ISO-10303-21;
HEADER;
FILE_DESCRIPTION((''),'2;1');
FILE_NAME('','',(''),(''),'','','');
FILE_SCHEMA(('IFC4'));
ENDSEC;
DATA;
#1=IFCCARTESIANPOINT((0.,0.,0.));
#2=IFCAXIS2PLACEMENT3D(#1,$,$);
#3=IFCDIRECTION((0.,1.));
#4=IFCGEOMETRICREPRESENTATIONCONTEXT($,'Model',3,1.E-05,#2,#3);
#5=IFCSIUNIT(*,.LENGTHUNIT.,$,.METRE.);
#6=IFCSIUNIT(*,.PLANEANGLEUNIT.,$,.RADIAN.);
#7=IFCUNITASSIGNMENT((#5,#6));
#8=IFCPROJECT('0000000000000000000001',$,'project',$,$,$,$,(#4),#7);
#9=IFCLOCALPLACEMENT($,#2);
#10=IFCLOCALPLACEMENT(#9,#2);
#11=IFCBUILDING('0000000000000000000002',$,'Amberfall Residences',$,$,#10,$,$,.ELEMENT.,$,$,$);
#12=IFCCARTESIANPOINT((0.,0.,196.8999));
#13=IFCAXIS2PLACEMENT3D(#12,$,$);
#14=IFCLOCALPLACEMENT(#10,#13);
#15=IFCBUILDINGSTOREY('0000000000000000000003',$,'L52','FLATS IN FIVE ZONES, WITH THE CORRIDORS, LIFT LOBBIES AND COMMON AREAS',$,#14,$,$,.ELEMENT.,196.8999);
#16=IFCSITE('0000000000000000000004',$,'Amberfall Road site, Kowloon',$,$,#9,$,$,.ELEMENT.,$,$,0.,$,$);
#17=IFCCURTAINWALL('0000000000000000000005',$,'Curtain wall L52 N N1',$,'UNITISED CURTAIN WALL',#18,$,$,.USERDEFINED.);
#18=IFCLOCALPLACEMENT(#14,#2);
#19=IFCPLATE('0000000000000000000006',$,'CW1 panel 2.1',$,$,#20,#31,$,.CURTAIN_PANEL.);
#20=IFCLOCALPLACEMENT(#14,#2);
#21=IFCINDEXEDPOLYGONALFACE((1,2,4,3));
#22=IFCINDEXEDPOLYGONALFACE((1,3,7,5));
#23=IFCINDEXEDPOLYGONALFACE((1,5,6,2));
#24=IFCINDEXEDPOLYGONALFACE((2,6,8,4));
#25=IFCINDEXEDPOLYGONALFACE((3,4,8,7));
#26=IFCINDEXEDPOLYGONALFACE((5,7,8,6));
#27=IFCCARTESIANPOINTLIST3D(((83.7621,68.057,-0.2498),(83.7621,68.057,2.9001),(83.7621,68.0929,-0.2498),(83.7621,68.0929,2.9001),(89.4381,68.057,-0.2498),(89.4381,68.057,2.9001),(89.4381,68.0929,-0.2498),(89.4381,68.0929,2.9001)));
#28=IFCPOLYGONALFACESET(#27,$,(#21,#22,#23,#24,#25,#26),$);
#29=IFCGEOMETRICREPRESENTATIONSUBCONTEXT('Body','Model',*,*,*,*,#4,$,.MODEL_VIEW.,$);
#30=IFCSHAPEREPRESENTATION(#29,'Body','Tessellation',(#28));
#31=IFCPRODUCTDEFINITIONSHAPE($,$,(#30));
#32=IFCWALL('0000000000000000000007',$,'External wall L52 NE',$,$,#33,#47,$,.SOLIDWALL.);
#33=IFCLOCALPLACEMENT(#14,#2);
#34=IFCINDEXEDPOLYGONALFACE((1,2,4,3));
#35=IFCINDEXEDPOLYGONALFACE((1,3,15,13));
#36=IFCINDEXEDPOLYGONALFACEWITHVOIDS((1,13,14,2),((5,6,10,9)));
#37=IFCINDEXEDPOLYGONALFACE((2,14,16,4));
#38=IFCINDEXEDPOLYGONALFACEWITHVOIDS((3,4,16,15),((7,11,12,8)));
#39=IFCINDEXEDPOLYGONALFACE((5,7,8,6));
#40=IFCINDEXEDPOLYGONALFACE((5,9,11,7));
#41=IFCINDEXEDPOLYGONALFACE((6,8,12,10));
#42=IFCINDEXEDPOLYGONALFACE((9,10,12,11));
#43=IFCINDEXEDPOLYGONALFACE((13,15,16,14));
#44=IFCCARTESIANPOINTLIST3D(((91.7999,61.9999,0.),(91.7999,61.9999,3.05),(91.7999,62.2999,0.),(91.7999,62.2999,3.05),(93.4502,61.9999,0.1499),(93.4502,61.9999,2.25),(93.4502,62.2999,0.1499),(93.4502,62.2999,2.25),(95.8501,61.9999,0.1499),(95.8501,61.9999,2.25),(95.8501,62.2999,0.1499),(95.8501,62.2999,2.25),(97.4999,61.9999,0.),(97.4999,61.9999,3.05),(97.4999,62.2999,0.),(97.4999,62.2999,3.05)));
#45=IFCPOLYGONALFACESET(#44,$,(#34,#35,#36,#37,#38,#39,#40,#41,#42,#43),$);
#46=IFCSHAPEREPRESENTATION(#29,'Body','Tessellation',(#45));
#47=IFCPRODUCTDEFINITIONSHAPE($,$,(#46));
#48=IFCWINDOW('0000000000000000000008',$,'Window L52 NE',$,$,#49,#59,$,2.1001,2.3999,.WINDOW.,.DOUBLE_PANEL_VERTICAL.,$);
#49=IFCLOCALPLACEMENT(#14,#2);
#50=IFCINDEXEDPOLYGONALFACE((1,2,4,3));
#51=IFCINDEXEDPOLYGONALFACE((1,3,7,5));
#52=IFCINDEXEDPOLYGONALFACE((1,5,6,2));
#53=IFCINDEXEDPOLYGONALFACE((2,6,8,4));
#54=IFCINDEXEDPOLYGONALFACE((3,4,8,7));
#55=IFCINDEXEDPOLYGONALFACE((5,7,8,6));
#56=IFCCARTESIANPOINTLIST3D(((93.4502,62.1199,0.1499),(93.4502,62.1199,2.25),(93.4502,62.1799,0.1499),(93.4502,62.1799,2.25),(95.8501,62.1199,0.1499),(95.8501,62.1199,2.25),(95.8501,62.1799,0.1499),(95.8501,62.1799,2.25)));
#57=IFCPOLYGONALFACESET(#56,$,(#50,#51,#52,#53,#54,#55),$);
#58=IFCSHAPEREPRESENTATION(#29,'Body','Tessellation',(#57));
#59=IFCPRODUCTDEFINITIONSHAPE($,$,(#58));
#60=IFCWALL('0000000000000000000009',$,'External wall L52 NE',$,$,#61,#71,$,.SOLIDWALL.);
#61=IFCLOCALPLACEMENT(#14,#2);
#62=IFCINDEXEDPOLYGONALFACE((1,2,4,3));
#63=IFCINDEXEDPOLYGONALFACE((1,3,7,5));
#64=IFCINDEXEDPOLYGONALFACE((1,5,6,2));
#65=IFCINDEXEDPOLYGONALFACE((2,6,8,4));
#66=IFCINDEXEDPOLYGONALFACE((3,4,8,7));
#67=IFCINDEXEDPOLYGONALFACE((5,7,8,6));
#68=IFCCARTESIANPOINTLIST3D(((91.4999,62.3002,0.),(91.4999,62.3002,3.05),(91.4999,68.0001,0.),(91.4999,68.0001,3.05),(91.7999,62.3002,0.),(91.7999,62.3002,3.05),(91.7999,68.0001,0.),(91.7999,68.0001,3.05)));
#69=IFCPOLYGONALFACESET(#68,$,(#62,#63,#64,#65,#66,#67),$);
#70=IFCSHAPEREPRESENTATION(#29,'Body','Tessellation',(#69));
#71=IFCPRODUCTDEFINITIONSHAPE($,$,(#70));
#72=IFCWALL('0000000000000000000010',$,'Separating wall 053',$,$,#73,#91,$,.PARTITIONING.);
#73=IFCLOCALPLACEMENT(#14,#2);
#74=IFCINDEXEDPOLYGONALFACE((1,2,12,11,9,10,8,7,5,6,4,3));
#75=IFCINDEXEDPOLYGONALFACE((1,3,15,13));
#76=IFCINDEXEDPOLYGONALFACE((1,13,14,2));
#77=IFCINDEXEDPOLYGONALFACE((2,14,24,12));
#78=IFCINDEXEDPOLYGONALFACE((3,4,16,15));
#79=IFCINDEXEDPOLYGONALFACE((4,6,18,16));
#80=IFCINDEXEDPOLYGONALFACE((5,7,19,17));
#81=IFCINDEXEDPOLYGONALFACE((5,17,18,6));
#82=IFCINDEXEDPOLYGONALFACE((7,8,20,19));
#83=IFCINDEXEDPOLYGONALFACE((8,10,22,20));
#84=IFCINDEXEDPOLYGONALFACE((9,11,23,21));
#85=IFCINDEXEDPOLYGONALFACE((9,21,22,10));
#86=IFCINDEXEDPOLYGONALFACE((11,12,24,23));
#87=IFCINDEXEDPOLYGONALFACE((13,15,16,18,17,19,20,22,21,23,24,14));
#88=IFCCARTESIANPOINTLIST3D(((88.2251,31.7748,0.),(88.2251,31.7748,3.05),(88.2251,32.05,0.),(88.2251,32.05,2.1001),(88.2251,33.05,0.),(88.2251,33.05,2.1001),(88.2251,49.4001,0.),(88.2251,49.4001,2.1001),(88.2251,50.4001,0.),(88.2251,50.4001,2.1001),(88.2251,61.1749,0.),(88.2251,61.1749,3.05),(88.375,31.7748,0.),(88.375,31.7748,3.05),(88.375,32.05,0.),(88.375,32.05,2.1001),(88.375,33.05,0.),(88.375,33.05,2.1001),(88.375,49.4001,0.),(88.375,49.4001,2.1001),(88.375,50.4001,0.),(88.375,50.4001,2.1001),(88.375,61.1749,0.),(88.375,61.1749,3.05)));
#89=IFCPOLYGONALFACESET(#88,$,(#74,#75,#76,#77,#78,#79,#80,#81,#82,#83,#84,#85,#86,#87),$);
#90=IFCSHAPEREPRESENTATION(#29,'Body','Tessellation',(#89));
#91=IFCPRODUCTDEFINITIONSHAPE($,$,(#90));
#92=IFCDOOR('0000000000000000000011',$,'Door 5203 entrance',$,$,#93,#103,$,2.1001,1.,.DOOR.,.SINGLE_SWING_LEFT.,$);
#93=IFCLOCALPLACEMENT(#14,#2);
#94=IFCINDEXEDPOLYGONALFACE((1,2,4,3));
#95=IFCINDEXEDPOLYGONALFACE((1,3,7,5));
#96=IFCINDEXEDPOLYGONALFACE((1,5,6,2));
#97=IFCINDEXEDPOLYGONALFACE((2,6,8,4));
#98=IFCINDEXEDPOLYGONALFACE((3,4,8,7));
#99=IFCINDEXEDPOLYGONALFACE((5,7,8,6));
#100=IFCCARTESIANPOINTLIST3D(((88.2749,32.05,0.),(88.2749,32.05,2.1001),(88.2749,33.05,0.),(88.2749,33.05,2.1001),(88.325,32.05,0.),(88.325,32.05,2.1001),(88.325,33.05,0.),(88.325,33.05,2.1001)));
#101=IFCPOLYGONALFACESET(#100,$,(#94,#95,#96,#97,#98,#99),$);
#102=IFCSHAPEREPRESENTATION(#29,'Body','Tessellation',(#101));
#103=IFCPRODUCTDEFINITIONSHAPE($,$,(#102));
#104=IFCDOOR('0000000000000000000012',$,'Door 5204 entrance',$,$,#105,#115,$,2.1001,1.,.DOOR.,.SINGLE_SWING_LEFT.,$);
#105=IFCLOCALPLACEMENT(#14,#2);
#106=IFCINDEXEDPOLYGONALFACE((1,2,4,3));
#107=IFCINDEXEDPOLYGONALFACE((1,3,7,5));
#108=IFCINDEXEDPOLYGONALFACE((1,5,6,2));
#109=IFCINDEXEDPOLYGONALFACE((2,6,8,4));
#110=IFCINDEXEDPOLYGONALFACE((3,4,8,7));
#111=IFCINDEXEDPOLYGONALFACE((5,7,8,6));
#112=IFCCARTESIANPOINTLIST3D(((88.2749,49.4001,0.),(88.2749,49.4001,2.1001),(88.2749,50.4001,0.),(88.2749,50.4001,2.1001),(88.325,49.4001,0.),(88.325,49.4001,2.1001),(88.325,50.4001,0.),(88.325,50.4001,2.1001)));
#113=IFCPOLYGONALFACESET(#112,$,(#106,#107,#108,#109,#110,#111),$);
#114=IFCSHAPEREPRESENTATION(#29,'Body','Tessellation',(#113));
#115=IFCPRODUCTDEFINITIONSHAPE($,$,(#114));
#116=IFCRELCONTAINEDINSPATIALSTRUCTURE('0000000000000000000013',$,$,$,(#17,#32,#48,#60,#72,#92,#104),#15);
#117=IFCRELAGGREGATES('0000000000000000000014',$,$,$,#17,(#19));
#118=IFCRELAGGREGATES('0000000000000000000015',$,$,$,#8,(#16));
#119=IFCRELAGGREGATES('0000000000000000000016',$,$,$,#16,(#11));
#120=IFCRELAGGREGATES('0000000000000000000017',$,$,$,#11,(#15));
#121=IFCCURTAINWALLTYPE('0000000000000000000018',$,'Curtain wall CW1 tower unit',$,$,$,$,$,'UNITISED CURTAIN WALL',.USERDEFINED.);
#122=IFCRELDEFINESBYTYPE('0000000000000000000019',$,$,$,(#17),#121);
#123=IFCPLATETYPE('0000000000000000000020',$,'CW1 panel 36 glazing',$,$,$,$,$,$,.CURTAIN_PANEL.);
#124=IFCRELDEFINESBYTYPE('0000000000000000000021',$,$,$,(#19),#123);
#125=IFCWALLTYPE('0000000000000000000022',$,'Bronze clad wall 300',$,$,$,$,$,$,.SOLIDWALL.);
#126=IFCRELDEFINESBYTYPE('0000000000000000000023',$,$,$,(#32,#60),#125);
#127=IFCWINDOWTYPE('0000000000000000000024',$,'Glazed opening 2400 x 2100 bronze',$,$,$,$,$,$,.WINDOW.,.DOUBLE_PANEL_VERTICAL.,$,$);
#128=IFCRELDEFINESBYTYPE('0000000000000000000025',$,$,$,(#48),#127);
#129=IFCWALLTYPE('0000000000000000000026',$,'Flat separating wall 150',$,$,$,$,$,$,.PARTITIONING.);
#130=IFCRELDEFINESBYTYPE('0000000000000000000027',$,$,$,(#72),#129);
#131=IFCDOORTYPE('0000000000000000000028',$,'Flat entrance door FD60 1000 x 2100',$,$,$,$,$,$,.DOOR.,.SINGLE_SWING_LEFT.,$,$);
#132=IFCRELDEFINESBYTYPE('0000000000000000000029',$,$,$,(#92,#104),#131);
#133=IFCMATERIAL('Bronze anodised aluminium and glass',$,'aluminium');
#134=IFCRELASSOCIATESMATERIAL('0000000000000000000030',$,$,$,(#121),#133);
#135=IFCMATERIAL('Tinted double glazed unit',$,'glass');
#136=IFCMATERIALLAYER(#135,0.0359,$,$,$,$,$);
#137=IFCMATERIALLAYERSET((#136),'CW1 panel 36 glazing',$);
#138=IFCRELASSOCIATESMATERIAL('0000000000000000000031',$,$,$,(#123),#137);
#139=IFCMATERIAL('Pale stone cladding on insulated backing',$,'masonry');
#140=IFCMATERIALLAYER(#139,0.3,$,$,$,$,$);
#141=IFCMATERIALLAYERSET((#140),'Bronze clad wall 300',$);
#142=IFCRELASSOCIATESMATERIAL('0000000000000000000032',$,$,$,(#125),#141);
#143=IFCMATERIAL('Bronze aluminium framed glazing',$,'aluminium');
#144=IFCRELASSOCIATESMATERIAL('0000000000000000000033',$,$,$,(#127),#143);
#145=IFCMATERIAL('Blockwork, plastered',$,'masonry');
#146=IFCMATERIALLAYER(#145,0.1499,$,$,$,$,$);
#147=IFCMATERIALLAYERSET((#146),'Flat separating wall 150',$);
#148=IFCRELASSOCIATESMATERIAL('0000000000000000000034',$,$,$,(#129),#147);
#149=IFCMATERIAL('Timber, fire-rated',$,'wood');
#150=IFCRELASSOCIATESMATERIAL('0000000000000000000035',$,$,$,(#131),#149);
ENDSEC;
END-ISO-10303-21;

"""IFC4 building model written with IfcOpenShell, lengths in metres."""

from ifc_helpers import new_model, si_unit, direction, frame, frame_2d, origin, origin_2d, place, context, subcontext, project, spatial, rectangle, extrude, material, layer, layer_set, type_object, element, fill, aggregate, save


model = new_model("IFC4")

# Units and contexts
model_context = context("Model", 3, precision=1e-05, world=origin(), true_north=direction((0.0, 1.0)))
body_context = subcontext(model_context, "Body", "Model", "MODEL_VIEW")
ifc_project = project(units=[si_unit("LENGTHUNIT", "METRE"), si_unit("PLANEANGLEUNIT", "RADIAN")], contexts=[model_context])

# Site, building, storey
site_placement = place(None, origin())
site = spatial("IfcSite", under=ifc_project, at=site_placement, Name="Amberfall Road site, Kowloon", CompositionType="ELEMENT", RefElevation=0.0)
building_placement = place(site_placement, origin())
building = spatial("IfcBuilding", under=site, at=building_placement, Name="Amberfall Residences", CompositionType="ELEMENT")
storey_placement = place(building_placement, frame((0.0, 0.0, 196.8999)))
storey = spatial("IfcBuildingStorey", under=building, at=storey_placement, Name="L52", Description="FLATS IN FIVE ZONES, WITH THE CORRIDORS, LIFT LOBBIES AND COMMON AREAS", CompositionType="ELEMENT", Elevation=196.8999)

# Shared definitions
ifc_material_1 = material(Name="Bronze anodised aluminium and glass", Category="aluminium")
curtain_wall_type = type_object("IfcCurtainWallType", Name="Curtain wall CW1 tower unit", ElementType="UNITISED CURTAIN WALL", PredefinedType="USERDEFINED", material=ifc_material_1)

# Curtain wall
curtain_wall_1_placement = place(storey_placement, origin())
curtain_wall_1 = element("IfcCurtainWall", 1, at=curtain_wall_1_placement, inside=storey, type_object=curtain_wall_type, Name="Curtain wall L52 N N1", ObjectType="UNITISED CURTAIN WALL", PredefinedType="USERDEFINED")

# Plate
ifc_material_2 = material(Name="Tinted double glazed unit", Category="glass")
ifc_layer_1 = layer(ifc_material_2, 0.0359)
ifc_layer_set_1 = layer_set([ifc_layer_1], Name="CW1 panel 36 glazing")
plate_type = type_object("IfcPlateType", Name="CW1 panel 36 glazing", PredefinedType="CURTAIN_PANEL", material=ifc_layer_set_1)
plate_1_placement = place(storey_placement, frame((86.6001, 68.075, -0.2498), z_axis=(0.0, 0.0, 1.0), x_axis=(-1.0, 0.0, 0.0)))
plate_1 = element("IfcPlate", 2, at=plate_1_placement, type_object=plate_type, Name="CW1 panel 2.1", PredefinedType="CURTAIN_PANEL", context=body_context, shape_type="SweptSolid", body=[
    extrude(rectangle(XDim=5.676, YDim=0.0359, at=origin_2d()), origin(), (0.0, 0.0, 1.0), 3.1499),
])
aggregate(curtain_wall_1, [plate_1])

# Wall, opening, window
ifc_material_3 = material(Name="Pale stone cladding on insulated backing", Category="masonry")
ifc_layer_2 = layer(ifc_material_3, 0.3)
ifc_layer_set_2 = layer_set([ifc_layer_2], Name="Bronze clad wall 300")
wall_type_1 = type_object("IfcWallType", Name="Bronze clad wall 300", PredefinedType="SOLIDWALL", material=ifc_layer_set_2)
wall_1_placement = place(storey_placement, frame((97.5, 62.1499, 0.0), z_axis=(0.0, 0.0, 1.0), x_axis=(-1.0, 0.0, 0.0)))
wall_1 = element("IfcWall", 3, at=wall_1_placement, inside=storey, type_object=wall_type_1, Name="External wall L52 NE", PredefinedType="SOLIDWALL", context=body_context, shape_type="SweptSolid", body=[
    extrude(rectangle(XDim=5.7, YDim=0.3, at=frame_2d((2.8501, 0.0))), origin(), (0.0, 0.0, 1.0), 3.05),
])
opening_1_placement = place(wall_1_placement, frame((1.6499, 0.0, 0.1499)))
opening_1 = element("IfcOpeningElement", 4, at=opening_1_placement, cuts=wall_1, PredefinedType="OPENING", context=body_context, shape_type="SweptSolid", body=[
    extrude(rectangle(XDim=2.3999, YDim=2.1001, at=frame_2d((1.2, 1.05))), frame((0.0, 0.1599, 0.0), z_axis=(0.0, -1.0, 0.0), x_axis=(1.0, 0.0, 0.0)), (0.0, 0.0, 1.0), 0.3201),
])
ifc_material_4 = material(Name="Bronze aluminium framed glazing", Category="aluminium")
window_type = type_object("IfcWindowType", Name="Glazed opening 2400 x 2100 bronze", PartitioningType="DOUBLE_PANEL_VERTICAL", PredefinedType="WINDOW", material=ifc_material_4)
window_placement = place(opening_1_placement, origin())
window = element("IfcWindow", 5, at=window_placement, inside=storey, type_object=window_type, Name="Window L52 NE", OverallHeight=2.1001, OverallWidth=2.3999, PartitioningType="DOUBLE_PANEL_VERTICAL", PredefinedType="WINDOW", context=body_context, shape_type="SweptSolid", body=[
    extrude(rectangle(XDim=2.3999, YDim=2.1001, at=frame_2d((1.2, 1.05))), frame((0.0, 0.03, 0.0), z_axis=(0.0, -1.0, 0.0), x_axis=(1.0, 0.0, 0.0)), (0.0, 0.0, 1.0), 0.0601),
])
fill(opening_1, window)

# Wall
wall_2_placement = place(storey_placement, frame((91.6499, 62.3, 0.0), z_axis=(0.0, 0.0, 1.0), x_axis=(0.0, 1.0, 0.0)))
element("IfcWall", 6, at=wall_2_placement, inside=storey, type_object=wall_type_1, Name="External wall L52 NE", PredefinedType="SOLIDWALL", context=body_context, shape_type="SweptSolid", body=[
    extrude(rectangle(XDim=5.7, YDim=0.3, at=frame_2d((2.8501, 0.0))), origin(), (0.0, 0.0, 1.0), 3.05),
])

# Wall, openings, doors
ifc_material_5 = material(Name="Blockwork, plastered", Category="masonry")
ifc_layer_3 = layer(ifc_material_5, 0.1499)
ifc_layer_set_3 = layer_set([ifc_layer_3], Name="Flat separating wall 150")
wall_type_2 = type_object("IfcWallType", Name="Flat separating wall 150", PredefinedType="PARTITIONING", material=ifc_layer_set_3)
wall_3_placement = place(storey_placement, frame((88.3, 61.175, 0.0), z_axis=(0.0, 0.0, 1.0), x_axis=(0.0, -1.0, 0.0)))
wall_3 = element("IfcWall", 7, at=wall_3_placement, inside=storey, type_object=wall_type_2, Name="Separating wall 053", PredefinedType="PARTITIONING", context=body_context, shape_type="SweptSolid", body=[
    extrude(rectangle(XDim=29.4001, YDim=0.1499, at=frame_2d((14.7002, 0.0))), origin(), (0.0, 0.0, 1.0), 3.05),
])
opening_2_placement = place(wall_3_placement, frame((28.125, 0.0, 0.0)))
opening_2 = element("IfcOpeningElement", 8, at=opening_2_placement, cuts=wall_3, PredefinedType="OPENING", context=body_context, shape_type="SweptSolid", body=[
    extrude(rectangle(XDim=1.0, YDim=2.1001, at=frame_2d((0.5, 1.05))), frame((0.0, 0.085, 0.0), z_axis=(0.0, -1.0, 0.0), x_axis=(1.0, 0.0, 0.0)), (0.0, 0.0, 1.0), 0.1699),
])
opening_3_placement = place(wall_3_placement, frame((10.7749, 0.0, 0.0)))
opening_3 = element("IfcOpeningElement", 9, at=opening_3_placement, cuts=wall_3, PredefinedType="OPENING", context=body_context, shape_type="SweptSolid", body=[
    extrude(rectangle(XDim=1.0, YDim=2.1001, at=frame_2d((0.5, 1.05))), frame((0.0, 0.085, 0.0), z_axis=(0.0, -1.0, 0.0), x_axis=(1.0, 0.0, 0.0)), (0.0, 0.0, 1.0), 0.1699),
])
ifc_material_6 = material(Name="Timber, fire-rated", Category="wood")
door_type = type_object("IfcDoorType", Name="Flat entrance door FD60 1000 x 2100", OperationType="SINGLE_SWING_LEFT", PredefinedType="DOOR", material=ifc_material_6)
door_1_placement = place(opening_2_placement, origin())
door_1 = element("IfcDoor", 10, at=door_1_placement, inside=storey, type_object=door_type, Name="Door 5203 entrance", OperationType="SINGLE_SWING_LEFT", OverallHeight=2.1001, OverallWidth=1.0, PredefinedType="DOOR", context=body_context, shape_type="SweptSolid", body=[
    extrude(rectangle(XDim=1.0, YDim=2.1001, at=frame_2d((0.5, 1.05))), frame((0.0, 0.0249, 0.0), z_axis=(0.0, -1.0, 0.0), x_axis=(1.0, 0.0, 0.0)), (0.0, 0.0, 1.0), 0.05),
])
fill(opening_2, door_1)
door_2_placement = place(opening_3_placement, origin())
door_2 = element("IfcDoor", 11, at=door_2_placement, inside=storey, type_object=door_type, Name="Door 5204 entrance", OperationType="SINGLE_SWING_LEFT", OverallHeight=2.1001, OverallWidth=1.0, PredefinedType="DOOR", context=body_context, shape_type="SweptSolid", body=[
    extrude(rectangle(XDim=1.0, YDim=2.1001, at=frame_2d((0.5, 1.05))), frame((0.0, 0.0249, 0.0), z_axis=(0.0, -1.0, 0.0), x_axis=(1.0, 0.0, 0.0)), (0.0, 0.0, 1.0), 0.05),
])
fill(opening_3, door_2)

save(model, "model.ifc")
